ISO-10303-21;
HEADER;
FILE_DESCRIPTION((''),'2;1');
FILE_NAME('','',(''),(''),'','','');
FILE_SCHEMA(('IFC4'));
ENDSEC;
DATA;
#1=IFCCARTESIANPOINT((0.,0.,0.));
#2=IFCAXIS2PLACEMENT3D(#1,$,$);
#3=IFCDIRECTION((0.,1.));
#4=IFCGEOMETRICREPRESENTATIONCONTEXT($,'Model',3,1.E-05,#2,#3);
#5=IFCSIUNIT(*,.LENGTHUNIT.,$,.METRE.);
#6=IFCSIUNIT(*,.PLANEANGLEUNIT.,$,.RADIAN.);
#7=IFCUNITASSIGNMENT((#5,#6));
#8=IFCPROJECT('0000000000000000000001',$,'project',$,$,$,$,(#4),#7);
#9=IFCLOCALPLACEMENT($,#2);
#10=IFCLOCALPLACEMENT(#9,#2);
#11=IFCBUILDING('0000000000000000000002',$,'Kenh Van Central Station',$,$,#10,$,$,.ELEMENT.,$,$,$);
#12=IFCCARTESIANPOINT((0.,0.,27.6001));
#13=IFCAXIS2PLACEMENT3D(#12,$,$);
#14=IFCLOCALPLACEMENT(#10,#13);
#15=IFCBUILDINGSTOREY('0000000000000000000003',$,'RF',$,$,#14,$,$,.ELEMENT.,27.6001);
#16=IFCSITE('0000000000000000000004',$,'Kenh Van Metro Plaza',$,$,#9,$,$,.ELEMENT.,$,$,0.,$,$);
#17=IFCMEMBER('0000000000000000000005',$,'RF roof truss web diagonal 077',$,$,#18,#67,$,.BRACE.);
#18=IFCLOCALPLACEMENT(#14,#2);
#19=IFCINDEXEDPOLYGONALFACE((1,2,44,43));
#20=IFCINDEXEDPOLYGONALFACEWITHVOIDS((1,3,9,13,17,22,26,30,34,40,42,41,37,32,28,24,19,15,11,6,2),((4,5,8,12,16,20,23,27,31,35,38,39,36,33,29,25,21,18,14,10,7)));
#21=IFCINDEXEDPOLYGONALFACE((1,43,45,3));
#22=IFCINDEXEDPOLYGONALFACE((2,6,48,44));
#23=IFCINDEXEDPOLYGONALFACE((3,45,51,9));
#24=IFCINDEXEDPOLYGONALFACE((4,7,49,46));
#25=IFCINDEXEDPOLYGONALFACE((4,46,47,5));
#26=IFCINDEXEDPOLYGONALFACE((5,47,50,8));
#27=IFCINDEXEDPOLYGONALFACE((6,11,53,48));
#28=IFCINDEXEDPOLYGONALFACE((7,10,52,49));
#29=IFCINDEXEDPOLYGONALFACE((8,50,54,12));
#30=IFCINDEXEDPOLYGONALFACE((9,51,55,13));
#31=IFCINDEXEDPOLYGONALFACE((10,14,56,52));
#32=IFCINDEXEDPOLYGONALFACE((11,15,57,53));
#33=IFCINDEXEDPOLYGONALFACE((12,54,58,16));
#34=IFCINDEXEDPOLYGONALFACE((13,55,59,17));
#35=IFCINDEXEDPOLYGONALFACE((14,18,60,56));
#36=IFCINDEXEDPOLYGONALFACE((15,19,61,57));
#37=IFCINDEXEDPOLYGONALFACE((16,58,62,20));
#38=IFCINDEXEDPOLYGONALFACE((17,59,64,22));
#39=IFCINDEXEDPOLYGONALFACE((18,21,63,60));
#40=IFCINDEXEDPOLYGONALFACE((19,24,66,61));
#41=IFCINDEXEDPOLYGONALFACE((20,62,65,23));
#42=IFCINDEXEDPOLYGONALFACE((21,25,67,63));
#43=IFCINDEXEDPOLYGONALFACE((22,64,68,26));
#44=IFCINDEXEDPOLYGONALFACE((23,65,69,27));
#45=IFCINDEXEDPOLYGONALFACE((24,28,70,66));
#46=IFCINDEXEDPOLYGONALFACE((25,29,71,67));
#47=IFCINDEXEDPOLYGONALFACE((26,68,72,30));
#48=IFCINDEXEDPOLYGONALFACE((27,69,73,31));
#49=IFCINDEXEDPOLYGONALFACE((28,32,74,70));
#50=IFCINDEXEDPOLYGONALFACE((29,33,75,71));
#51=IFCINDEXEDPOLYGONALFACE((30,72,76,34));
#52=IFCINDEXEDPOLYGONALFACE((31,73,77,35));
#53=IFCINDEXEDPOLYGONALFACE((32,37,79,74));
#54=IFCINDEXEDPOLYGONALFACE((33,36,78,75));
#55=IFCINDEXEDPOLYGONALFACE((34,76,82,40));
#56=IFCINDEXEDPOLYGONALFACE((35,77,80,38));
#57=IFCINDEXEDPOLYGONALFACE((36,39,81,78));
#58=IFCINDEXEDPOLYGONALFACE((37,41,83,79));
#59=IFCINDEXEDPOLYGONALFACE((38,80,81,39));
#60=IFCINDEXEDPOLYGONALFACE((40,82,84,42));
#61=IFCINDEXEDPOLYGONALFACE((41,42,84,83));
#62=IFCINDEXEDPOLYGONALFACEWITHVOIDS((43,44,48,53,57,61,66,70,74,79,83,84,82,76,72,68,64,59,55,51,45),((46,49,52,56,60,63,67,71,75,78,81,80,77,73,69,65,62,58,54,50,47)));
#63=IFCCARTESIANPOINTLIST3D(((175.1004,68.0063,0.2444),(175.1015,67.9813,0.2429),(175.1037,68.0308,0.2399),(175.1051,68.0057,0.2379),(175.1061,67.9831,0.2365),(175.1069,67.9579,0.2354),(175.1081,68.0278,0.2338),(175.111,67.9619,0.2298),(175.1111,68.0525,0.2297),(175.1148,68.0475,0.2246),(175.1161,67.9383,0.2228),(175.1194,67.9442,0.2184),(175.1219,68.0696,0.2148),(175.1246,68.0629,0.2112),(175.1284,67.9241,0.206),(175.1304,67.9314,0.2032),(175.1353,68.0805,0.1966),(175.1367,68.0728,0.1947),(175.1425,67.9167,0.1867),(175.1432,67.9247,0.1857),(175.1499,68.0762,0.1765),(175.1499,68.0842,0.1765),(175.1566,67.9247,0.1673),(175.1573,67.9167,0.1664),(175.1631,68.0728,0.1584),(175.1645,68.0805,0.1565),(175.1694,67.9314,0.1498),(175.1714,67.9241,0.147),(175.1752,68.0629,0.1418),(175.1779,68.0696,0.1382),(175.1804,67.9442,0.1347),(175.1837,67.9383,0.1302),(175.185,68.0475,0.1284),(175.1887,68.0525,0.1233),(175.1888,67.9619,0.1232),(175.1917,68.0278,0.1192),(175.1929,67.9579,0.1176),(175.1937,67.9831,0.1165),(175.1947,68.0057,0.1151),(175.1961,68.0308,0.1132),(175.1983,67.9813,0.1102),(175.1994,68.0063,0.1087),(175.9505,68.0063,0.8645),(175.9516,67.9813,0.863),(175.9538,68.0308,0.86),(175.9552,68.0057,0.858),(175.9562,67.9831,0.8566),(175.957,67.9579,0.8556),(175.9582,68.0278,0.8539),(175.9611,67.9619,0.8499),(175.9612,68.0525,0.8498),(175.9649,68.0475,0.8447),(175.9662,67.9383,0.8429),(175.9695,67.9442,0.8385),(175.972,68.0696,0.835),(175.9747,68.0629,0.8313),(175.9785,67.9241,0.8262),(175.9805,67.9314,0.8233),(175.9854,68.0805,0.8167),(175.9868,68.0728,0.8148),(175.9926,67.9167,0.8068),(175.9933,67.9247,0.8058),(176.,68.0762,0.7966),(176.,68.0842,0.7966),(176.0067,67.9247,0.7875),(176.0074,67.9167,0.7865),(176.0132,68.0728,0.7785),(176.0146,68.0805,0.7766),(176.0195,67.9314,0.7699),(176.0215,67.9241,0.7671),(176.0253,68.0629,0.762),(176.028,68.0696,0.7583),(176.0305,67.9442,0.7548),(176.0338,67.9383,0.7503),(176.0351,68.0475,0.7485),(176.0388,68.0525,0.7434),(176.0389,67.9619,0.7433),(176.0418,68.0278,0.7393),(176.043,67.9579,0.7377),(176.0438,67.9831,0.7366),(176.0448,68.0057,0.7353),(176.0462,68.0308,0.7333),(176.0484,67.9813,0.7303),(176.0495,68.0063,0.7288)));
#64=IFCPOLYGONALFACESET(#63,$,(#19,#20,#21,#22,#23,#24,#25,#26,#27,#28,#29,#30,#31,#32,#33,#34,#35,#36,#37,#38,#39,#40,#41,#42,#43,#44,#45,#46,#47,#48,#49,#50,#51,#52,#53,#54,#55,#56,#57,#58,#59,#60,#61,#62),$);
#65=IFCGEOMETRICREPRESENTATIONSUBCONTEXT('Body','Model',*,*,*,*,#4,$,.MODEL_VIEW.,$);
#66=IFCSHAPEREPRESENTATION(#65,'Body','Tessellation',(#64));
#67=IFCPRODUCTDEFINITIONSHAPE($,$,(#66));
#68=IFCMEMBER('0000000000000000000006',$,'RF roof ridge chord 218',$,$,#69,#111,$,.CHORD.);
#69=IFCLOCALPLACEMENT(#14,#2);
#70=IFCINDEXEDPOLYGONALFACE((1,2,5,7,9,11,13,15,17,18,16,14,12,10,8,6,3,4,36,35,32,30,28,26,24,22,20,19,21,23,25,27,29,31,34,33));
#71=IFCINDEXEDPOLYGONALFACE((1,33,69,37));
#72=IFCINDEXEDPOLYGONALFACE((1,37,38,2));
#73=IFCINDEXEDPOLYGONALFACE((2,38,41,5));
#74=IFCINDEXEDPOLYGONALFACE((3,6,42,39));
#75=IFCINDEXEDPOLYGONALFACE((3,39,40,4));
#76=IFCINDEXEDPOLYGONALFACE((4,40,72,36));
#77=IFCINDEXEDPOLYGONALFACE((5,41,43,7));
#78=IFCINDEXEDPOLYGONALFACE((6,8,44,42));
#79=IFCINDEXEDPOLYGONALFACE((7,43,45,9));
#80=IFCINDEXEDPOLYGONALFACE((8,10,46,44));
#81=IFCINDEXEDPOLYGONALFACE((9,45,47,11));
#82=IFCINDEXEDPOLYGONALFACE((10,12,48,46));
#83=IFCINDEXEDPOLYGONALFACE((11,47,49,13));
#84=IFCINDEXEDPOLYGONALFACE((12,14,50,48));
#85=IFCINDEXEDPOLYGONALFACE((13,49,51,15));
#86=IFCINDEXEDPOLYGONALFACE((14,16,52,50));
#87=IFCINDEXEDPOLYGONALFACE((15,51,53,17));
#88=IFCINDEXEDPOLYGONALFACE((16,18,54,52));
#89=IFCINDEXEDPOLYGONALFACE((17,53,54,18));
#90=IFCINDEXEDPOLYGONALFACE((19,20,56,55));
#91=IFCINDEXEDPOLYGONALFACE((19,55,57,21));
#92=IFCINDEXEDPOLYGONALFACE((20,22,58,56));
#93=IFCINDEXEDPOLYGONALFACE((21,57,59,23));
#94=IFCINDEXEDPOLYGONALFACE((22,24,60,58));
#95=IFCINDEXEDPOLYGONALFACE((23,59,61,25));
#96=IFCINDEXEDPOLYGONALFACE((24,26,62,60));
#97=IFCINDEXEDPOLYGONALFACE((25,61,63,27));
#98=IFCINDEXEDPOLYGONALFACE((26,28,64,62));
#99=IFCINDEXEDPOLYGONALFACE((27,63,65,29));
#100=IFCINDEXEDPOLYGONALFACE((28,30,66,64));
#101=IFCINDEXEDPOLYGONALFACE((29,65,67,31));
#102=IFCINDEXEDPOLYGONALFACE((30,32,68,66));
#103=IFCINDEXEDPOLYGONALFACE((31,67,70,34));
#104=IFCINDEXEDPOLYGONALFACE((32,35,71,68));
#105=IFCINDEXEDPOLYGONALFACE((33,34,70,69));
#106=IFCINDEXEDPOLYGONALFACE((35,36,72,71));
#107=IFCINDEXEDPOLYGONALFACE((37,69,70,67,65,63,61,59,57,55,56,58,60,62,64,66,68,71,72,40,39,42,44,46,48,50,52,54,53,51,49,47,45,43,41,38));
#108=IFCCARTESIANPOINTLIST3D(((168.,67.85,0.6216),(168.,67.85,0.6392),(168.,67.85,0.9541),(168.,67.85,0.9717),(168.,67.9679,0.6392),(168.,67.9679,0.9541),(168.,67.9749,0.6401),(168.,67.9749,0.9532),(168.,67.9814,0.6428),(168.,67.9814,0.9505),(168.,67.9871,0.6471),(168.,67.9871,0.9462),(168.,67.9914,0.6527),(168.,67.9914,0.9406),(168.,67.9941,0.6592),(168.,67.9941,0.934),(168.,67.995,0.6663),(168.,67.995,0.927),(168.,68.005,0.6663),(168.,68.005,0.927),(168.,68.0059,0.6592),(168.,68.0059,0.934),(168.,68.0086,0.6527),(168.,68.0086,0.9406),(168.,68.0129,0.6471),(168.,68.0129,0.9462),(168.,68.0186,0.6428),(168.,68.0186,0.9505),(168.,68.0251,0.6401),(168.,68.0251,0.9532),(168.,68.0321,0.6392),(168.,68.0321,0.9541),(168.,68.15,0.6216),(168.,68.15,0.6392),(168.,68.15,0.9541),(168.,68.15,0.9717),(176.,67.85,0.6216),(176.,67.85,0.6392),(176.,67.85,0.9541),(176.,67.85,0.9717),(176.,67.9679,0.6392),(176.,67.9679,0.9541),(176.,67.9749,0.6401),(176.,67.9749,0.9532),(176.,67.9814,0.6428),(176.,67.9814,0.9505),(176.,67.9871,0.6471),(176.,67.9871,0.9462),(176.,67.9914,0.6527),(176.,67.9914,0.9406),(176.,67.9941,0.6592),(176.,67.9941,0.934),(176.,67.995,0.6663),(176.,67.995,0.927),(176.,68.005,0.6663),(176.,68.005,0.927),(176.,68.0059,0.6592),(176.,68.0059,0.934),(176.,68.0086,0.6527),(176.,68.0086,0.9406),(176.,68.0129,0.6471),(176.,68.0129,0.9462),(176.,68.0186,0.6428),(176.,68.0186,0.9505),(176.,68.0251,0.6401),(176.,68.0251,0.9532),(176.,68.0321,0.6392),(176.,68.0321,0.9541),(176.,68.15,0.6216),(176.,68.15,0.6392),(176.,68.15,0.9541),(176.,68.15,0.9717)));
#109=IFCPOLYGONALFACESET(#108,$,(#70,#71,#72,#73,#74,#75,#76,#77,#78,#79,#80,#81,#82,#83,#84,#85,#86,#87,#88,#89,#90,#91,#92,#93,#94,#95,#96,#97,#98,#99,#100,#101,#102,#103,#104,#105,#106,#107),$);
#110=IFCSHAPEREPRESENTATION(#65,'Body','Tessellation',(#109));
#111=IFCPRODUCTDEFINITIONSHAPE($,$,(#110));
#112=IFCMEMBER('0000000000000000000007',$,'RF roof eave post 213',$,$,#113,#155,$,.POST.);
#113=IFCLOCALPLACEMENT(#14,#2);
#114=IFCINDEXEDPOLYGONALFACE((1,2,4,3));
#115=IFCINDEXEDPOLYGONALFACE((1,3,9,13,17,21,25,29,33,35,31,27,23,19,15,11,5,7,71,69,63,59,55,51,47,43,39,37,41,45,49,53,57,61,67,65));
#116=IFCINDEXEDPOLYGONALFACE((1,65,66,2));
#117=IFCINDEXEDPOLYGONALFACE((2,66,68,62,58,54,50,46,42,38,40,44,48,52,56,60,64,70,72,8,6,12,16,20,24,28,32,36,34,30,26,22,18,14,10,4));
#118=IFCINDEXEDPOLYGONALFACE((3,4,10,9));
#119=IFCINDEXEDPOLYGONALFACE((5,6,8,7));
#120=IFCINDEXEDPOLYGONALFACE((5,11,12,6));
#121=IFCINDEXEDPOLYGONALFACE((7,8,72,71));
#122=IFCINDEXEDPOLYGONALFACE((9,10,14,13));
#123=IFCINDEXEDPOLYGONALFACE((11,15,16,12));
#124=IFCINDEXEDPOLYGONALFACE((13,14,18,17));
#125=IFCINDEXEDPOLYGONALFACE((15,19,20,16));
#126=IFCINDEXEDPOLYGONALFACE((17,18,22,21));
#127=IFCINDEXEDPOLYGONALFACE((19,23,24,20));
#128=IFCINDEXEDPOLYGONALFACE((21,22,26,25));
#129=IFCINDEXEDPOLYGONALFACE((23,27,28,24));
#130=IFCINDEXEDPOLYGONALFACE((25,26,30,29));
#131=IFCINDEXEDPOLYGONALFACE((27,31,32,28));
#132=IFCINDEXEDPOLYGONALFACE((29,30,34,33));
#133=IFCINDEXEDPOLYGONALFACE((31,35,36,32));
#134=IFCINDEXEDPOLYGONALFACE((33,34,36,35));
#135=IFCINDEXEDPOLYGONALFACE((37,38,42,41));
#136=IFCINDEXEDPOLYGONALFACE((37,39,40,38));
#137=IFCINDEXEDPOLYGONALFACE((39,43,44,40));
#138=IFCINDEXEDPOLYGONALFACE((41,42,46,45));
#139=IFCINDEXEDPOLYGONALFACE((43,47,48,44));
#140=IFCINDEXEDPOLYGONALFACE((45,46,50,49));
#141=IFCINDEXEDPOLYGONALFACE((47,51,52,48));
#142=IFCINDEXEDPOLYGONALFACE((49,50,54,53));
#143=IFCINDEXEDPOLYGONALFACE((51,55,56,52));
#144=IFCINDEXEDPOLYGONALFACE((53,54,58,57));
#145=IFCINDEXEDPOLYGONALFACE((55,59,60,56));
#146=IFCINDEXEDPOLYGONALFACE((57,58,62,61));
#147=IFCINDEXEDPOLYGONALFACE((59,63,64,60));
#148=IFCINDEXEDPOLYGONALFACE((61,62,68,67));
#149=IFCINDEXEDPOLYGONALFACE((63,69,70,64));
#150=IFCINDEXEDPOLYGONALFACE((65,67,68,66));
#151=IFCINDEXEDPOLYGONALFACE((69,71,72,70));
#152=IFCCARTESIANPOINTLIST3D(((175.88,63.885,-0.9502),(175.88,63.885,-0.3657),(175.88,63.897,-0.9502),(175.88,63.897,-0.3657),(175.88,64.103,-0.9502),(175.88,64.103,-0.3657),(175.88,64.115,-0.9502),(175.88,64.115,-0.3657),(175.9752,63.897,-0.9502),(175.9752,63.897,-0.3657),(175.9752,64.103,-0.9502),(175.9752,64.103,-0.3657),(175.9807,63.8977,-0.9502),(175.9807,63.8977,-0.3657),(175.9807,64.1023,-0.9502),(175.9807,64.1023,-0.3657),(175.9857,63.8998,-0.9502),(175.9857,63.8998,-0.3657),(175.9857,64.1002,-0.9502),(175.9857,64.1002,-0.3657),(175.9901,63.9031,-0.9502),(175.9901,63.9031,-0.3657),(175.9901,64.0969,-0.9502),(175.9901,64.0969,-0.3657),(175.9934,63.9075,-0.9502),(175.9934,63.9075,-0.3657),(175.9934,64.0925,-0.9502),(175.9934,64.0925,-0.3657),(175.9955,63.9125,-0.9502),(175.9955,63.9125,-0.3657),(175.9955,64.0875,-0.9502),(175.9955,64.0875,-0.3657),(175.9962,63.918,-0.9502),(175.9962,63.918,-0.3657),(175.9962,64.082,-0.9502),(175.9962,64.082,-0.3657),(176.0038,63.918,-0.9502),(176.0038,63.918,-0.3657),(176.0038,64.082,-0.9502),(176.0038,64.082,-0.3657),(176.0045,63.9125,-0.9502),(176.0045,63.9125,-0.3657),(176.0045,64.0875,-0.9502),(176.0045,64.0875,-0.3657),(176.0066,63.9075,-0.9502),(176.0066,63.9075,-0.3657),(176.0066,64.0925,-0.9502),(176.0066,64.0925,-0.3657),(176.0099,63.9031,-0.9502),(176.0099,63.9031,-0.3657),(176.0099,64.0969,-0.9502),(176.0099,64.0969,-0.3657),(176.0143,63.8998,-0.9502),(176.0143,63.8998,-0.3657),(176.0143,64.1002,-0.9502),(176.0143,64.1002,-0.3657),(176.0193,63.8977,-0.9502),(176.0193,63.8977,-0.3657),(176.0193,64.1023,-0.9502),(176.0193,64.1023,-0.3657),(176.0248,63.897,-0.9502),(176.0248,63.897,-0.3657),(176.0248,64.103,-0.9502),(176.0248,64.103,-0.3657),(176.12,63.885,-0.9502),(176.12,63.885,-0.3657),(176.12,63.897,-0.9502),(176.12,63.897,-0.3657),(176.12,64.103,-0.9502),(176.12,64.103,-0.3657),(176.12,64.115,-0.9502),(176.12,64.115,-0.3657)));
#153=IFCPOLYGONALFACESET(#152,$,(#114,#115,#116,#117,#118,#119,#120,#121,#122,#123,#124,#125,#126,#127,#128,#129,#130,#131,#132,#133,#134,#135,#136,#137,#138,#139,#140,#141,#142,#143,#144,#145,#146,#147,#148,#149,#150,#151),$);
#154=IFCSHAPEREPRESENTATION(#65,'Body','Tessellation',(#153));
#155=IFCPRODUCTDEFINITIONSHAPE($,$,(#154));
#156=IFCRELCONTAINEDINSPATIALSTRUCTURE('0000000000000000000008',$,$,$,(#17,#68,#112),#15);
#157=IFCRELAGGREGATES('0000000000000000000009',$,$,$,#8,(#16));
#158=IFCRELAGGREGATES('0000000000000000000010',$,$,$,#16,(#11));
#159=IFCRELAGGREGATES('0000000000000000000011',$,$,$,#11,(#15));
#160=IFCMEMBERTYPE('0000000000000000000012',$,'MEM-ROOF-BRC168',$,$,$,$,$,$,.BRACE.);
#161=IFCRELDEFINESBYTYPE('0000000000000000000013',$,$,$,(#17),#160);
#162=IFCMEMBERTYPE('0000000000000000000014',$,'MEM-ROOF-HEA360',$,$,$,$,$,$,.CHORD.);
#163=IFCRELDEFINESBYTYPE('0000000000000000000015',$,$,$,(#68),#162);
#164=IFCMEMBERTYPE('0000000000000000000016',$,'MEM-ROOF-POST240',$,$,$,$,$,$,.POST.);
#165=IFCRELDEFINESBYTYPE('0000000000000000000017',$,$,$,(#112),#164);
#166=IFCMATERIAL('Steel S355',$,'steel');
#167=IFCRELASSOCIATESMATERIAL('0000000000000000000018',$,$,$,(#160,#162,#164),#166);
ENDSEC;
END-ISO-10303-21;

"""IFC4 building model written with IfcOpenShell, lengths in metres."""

from ifc_helpers import new_model, si_unit, direction, frame, origin, origin_2d, place, context, subcontext, project, spatial, hollow_circle, i_section, extrude, material, material_profile, profile_set, type_object, element, save


model = new_model("IFC4")

# Units and contexts
model_context = context("Model", 3, precision=1e-05, world=origin(), true_north=direction((0.0, 1.0)))
body_context = subcontext(model_context, "Body", "Model", "MODEL_VIEW")
ifc_project = project(units=[si_unit("LENGTHUNIT", "METRE"), si_unit("PLANEANGLEUNIT", "RADIAN")], contexts=[model_context])

# Site, building, storey
site_placement = place(None, origin())
site = spatial("IfcSite", under=ifc_project, at=site_placement, Name="Kenh Van Metro Plaza", CompositionType="ELEMENT", RefElevation=0.0)
building_placement = place(site_placement, origin())
building = spatial("IfcBuilding", under=site, at=building_placement, Name="Kenh Van Central Station", CompositionType="ELEMENT")
storey_placement = place(building_placement, frame((0.0, 0.0, 27.6001)))
storey = spatial("IfcBuildingStorey", under=building, at=storey_placement, Name="RF", CompositionType="ELEMENT", Elevation=27.6001)

# Shared definitions
ifc_material_1 = material(Name="Steel S355", Category="steel")

# Members
ifc_material_profile_1 = material_profile(ifc_material_1, hollow_circle(Radius=0.0842, WallThickness=0.0081, at=origin_2d()), Name="CHS 168.3x8")
ifc_profile_set_1 = profile_set([ifc_material_profile_1], Name="Steel S355")
member_type_1 = type_object("IfcMemberType", Name="MEM-ROOF-BRC168", PredefinedType="BRACE", material=ifc_profile_set_1)
for number, where, z_axis, x_axis, name in (
    (1, (175.1499, 68.0, 0.1765), (0.807892, 0.0, 0.58933), (0.0, 1.0, 0.0), "RF roof truss web diagonal 077"),
):
    element("IfcMember", number, at=place(storey_placement, frame(where, z_axis=z_axis, x_axis=x_axis)), inside=storey, type_object=member_type_1, Name=name, PredefinedType="BRACE", context=body_context, shape_type="SweptSolid", body=[
        extrude(hollow_circle(Radius=0.0842, WallThickness=0.0081, at=origin_2d()), origin(), (0.0, 0.0, 1.0), 1.0522),
    ])
ifc_material_profile_2 = material_profile(ifc_material_1, i_section(OverallWidth=0.3, OverallDepth=0.3501, WebThickness=0.01, FlangeThickness=0.0176, FilletRadius=0.0271, at=origin_2d()), Name="HEA 360")
ifc_profile_set_2 = profile_set([ifc_material_profile_2], Name="Steel S355")
member_type_2 = type_object("IfcMemberType", Name="MEM-ROOF-HEA360", PredefinedType="CHORD", material=ifc_profile_set_2)
member_1_placement = place(storey_placement, frame((168.0, 68.0, 0.7966), z_axis=(1.0, 0.0, 0.0), x_axis=(0.0, 1.0, 0.0)))
element("IfcMember", 2, at=member_1_placement, inside=storey, type_object=member_type_2, Name="RF roof ridge chord 218", PredefinedType="CHORD", context=body_context, shape_type="SweptSolid", body=[
    extrude(i_section(OverallWidth=0.3, OverallDepth=0.3501, WebThickness=0.01, FlangeThickness=0.0176, FilletRadius=0.0271, at=origin_2d()), origin(), (0.0, 0.0, 1.0), 8.0),
])
ifc_material_profile_3 = material_profile(ifc_material_1, i_section(OverallWidth=0.24, OverallDepth=0.23, WebThickness=0.0076, FlangeThickness=0.012, FilletRadius=0.021, at=origin_2d()), Name="HEA 240")
ifc_profile_set_3 = profile_set([ifc_material_profile_3], Name="Steel S355")
member_type_3 = type_object("IfcMemberType", Name="MEM-ROOF-POST240", PredefinedType="POST", material=ifc_profile_set_3)
member_2_placement = place(storey_placement, frame((176.0, 64.0, -0.9502), z_axis=(0.0, 0.0, 1.0), x_axis=(1.0, 0.0, 0.0)))
element("IfcMember", 3, at=member_2_placement, inside=storey, type_object=member_type_3, Name="RF roof eave post 213", PredefinedType="POST", context=body_context, shape_type="SweptSolid", body=[
    extrude(i_section(OverallWidth=0.24, OverallDepth=0.23, WebThickness=0.0076, FlangeThickness=0.012, FilletRadius=0.021, at=origin_2d()), origin(), (0.0, 0.0, 1.0), 0.5845),
])

save(model, "model.ifc")
